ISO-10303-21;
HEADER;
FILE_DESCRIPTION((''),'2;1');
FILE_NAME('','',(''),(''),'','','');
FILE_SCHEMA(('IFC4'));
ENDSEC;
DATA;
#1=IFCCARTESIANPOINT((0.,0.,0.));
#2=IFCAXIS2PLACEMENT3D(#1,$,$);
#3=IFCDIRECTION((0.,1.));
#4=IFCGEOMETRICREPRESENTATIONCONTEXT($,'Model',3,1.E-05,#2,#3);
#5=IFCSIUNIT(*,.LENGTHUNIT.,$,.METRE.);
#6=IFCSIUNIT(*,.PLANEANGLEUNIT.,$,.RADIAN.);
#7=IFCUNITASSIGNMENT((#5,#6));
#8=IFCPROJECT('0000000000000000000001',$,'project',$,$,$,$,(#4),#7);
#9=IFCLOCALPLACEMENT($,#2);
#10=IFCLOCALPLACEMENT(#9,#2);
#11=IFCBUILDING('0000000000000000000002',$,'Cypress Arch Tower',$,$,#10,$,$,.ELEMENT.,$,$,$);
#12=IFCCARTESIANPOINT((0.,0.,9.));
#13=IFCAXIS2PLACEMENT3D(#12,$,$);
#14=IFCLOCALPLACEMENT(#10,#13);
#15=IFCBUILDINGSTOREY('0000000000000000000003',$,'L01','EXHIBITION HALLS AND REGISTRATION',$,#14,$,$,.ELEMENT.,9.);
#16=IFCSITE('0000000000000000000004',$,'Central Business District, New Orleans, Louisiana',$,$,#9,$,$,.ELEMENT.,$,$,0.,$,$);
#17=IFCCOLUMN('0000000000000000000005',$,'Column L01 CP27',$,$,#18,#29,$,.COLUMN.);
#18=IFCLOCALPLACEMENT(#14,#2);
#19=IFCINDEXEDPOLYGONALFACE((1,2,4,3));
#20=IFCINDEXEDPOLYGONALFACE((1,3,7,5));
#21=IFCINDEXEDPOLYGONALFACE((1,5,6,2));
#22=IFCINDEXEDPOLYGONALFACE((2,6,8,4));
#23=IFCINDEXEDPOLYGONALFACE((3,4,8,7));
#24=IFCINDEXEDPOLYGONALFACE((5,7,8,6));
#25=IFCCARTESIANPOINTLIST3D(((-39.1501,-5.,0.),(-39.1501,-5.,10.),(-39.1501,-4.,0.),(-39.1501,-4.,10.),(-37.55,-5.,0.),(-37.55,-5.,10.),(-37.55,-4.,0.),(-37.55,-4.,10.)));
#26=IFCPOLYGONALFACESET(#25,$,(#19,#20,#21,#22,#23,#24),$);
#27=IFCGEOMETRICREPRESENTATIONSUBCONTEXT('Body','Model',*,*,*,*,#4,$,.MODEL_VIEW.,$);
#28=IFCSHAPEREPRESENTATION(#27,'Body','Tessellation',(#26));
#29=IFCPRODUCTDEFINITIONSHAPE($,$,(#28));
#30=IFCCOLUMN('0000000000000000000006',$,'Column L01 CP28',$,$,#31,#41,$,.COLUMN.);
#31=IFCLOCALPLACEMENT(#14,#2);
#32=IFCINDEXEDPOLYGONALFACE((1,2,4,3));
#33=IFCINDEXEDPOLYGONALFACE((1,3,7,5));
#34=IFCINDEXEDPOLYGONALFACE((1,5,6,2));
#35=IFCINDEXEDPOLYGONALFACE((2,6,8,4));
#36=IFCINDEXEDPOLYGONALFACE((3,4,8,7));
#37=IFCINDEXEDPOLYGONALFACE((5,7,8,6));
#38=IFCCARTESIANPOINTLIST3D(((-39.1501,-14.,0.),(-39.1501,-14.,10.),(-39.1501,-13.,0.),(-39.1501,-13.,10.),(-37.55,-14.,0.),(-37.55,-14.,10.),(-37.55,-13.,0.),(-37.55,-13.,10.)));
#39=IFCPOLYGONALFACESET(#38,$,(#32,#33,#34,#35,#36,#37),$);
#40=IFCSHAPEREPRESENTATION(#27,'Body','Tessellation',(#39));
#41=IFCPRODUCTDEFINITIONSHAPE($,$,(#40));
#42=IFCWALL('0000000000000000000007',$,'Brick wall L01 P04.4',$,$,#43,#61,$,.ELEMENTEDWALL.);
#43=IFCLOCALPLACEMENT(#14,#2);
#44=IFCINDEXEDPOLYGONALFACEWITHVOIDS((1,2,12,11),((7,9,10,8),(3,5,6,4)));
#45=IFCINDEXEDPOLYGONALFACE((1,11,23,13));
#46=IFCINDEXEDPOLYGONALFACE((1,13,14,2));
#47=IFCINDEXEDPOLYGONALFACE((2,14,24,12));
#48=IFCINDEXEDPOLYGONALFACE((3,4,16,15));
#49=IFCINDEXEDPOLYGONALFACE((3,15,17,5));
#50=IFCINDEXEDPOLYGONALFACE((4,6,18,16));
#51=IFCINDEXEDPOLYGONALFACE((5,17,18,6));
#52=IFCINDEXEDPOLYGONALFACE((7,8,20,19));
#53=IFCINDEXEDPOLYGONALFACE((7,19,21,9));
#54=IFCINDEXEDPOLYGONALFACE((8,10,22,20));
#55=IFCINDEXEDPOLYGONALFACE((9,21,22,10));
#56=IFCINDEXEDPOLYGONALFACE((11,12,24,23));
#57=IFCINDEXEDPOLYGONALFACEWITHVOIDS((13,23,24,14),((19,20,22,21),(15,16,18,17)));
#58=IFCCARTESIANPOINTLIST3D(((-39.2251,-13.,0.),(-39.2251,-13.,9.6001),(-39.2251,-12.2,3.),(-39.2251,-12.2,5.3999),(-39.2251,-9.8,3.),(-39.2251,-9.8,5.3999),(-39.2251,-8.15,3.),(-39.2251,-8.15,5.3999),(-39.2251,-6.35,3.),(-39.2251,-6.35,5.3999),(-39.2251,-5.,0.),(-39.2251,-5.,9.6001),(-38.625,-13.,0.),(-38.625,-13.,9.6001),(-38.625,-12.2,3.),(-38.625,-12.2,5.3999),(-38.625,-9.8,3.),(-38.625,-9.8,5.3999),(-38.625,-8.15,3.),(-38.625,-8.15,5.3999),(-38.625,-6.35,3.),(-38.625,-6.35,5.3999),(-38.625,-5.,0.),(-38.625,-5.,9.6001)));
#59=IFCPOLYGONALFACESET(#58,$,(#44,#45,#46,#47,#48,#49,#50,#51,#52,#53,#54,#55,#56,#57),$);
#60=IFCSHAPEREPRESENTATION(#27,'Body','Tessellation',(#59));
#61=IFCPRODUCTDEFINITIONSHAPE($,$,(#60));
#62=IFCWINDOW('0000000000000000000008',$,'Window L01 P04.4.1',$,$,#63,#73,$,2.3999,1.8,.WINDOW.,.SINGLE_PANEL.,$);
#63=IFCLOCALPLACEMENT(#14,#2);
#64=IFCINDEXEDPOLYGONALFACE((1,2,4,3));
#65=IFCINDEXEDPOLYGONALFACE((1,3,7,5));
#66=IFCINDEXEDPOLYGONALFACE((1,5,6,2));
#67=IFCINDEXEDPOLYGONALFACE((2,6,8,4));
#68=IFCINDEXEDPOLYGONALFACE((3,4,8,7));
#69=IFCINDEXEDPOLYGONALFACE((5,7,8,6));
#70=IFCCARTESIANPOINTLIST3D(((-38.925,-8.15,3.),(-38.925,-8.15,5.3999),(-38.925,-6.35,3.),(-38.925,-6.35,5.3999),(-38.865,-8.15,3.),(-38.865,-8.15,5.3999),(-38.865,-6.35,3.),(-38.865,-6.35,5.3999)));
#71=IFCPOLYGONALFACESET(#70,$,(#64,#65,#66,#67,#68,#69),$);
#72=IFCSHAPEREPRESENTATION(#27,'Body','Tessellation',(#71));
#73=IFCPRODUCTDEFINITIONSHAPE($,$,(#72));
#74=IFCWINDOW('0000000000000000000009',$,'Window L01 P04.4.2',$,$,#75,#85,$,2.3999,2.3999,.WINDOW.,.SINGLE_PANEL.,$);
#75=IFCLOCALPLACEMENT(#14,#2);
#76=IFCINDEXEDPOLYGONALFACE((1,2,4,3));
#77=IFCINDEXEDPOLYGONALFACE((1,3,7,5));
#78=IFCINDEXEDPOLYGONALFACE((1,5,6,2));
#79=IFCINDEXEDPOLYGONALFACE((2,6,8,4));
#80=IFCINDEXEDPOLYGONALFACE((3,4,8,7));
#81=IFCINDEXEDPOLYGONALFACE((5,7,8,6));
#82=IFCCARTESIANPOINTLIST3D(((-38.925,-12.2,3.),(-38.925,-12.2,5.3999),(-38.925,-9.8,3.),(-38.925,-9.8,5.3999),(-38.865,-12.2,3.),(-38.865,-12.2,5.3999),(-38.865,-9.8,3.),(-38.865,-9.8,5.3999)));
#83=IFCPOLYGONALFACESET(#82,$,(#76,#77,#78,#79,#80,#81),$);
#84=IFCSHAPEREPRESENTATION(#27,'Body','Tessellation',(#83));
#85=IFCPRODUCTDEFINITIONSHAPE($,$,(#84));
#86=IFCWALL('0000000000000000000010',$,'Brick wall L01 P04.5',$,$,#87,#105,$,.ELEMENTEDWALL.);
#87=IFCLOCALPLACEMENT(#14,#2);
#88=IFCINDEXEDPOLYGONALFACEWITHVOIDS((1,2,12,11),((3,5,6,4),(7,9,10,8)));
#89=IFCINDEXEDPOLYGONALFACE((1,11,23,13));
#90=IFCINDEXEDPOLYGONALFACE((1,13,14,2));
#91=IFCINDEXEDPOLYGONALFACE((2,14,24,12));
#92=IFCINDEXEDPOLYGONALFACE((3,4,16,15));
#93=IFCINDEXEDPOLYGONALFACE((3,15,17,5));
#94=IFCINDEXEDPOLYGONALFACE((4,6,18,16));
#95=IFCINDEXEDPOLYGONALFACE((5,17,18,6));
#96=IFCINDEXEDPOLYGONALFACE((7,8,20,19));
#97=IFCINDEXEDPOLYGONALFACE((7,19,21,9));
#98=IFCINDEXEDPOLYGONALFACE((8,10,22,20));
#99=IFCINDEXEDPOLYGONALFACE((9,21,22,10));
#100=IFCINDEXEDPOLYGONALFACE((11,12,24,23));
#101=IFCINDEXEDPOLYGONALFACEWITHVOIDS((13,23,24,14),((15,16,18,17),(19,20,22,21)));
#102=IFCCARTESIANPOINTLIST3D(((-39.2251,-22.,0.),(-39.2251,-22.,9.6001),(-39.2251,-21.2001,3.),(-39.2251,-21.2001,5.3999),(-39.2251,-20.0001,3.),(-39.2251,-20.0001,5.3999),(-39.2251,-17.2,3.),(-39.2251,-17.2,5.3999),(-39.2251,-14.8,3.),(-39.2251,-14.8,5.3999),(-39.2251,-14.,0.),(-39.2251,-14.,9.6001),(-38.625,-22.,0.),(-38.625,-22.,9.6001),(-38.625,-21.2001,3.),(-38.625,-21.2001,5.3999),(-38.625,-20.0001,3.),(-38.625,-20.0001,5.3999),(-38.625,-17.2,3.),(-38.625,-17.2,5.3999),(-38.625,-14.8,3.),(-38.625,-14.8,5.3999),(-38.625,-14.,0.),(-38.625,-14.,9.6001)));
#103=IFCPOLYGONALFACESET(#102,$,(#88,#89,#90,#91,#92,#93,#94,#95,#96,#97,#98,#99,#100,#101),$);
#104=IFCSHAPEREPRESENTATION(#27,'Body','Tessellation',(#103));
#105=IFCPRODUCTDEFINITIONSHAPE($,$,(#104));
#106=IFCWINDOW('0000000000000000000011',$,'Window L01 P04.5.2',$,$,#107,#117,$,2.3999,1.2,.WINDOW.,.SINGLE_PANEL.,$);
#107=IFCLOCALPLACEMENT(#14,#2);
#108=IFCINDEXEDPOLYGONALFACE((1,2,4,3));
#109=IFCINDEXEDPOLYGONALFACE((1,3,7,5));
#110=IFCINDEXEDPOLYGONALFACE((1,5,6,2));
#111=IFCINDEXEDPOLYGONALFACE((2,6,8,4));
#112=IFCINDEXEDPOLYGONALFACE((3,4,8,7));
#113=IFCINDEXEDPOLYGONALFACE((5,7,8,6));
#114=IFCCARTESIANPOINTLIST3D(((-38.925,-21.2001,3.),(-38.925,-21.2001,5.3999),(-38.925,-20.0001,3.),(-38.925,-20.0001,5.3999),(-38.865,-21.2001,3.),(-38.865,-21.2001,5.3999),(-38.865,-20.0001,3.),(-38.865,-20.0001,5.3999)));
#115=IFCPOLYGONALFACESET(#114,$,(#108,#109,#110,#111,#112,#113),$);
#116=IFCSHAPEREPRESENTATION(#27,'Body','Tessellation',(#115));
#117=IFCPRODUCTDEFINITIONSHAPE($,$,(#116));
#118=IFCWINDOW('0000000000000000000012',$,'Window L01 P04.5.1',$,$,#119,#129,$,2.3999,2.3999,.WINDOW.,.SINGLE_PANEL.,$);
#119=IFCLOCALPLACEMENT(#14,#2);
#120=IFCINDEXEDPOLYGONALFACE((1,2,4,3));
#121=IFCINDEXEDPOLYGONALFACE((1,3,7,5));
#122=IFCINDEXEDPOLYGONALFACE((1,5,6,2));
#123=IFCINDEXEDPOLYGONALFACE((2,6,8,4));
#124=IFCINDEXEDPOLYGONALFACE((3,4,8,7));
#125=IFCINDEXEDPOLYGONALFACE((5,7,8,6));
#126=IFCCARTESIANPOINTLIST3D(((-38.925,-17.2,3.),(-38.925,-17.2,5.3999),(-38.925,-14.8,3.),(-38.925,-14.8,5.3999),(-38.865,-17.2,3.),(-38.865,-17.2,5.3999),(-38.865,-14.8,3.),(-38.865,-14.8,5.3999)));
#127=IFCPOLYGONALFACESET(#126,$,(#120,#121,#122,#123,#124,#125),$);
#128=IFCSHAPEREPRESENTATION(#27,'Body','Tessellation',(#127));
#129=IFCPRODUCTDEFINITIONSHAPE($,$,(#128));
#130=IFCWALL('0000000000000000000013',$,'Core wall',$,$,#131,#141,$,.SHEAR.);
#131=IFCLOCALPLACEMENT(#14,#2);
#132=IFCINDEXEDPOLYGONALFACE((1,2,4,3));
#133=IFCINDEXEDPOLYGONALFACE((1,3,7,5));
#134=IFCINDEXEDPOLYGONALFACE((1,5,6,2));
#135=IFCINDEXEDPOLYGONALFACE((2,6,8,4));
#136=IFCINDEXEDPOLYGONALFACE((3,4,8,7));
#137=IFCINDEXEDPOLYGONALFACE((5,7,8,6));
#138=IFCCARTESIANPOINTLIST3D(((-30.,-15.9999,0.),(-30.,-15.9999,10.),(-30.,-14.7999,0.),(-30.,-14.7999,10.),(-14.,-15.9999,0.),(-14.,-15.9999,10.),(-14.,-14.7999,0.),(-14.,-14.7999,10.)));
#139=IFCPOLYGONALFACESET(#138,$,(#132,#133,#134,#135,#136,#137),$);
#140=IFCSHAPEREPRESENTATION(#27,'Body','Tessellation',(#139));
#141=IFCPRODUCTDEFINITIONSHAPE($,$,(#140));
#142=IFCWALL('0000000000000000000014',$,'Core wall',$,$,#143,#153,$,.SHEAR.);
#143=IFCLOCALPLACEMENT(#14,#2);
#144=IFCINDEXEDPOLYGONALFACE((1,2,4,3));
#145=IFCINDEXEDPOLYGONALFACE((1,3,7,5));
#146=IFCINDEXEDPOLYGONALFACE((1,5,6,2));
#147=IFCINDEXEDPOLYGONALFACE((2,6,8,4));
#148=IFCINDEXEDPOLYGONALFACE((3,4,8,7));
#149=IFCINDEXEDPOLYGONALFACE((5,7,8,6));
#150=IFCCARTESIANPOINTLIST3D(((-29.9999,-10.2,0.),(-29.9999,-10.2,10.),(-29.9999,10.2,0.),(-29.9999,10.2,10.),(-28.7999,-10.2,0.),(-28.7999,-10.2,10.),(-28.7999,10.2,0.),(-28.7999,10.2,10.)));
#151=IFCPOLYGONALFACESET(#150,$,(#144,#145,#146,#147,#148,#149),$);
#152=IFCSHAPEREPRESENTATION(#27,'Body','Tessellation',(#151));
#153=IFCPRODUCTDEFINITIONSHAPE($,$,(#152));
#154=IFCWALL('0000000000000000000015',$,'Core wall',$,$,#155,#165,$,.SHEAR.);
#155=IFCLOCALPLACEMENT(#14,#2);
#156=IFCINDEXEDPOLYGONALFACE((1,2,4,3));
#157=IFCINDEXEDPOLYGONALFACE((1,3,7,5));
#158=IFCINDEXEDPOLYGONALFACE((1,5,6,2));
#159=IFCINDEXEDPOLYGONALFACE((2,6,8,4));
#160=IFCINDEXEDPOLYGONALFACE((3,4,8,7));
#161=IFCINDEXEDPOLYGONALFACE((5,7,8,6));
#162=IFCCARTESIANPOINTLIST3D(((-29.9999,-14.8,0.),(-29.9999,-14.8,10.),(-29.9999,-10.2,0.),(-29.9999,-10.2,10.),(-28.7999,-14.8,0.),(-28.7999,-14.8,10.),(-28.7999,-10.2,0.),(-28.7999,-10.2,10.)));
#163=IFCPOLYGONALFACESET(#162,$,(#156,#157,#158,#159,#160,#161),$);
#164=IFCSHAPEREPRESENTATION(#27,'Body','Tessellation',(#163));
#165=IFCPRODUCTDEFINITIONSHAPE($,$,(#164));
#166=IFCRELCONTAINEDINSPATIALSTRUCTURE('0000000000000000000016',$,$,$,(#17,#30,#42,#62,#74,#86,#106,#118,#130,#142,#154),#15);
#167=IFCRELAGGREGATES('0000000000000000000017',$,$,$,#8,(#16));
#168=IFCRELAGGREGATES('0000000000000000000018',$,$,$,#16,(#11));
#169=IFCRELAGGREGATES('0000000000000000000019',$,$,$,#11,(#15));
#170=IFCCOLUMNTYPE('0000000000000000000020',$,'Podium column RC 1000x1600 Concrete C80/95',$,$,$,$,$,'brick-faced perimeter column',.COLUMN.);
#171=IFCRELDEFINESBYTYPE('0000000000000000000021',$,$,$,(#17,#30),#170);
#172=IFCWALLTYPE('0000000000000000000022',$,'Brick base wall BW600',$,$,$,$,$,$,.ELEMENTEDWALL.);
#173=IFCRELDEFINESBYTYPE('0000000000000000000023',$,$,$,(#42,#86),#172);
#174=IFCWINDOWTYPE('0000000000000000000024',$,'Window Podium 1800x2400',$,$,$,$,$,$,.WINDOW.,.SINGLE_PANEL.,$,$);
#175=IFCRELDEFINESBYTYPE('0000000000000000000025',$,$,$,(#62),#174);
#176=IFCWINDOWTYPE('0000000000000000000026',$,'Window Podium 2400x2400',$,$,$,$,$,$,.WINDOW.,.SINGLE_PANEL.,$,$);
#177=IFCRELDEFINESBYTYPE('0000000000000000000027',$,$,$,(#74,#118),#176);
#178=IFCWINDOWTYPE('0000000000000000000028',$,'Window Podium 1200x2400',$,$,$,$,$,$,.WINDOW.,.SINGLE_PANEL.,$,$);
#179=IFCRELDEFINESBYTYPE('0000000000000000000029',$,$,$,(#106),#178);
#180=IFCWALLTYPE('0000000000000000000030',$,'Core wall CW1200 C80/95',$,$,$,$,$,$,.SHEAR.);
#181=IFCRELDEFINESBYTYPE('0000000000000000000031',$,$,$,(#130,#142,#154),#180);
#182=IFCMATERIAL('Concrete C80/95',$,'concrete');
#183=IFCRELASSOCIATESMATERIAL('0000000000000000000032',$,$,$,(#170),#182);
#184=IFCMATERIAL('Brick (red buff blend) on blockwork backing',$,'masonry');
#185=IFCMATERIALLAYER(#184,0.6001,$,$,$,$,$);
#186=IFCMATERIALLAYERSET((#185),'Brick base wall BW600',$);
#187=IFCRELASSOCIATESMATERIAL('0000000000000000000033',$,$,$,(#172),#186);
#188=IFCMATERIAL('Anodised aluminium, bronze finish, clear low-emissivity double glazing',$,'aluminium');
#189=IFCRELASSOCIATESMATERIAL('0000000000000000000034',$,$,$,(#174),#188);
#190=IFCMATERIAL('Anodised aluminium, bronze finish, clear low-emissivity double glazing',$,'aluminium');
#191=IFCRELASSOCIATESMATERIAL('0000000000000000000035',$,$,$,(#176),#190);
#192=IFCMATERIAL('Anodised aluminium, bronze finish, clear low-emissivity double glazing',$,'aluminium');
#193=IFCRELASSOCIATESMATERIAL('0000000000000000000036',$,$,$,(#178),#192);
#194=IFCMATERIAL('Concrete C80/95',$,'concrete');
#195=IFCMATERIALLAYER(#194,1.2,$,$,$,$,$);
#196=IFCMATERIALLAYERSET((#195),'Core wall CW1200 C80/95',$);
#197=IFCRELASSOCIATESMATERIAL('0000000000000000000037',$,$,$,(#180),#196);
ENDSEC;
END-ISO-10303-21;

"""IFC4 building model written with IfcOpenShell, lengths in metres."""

from ifc_helpers import new_model, si_unit, direction, frame, frame_2d, origin, origin_2d, place, context, subcontext, project, spatial, rectangle, extrude, material, layer, layer_set, material_profile, profile_set, type_object, element, fill, save


model = new_model("IFC4")

# Units and contexts
model_context = context("Model", 3, precision=1e-05, world=origin(), true_north=direction((0.0, 1.0)))
body_context = subcontext(model_context, "Body", "Model", "MODEL_VIEW")
ifc_project = project(units=[si_unit("LENGTHUNIT", "METRE"), si_unit("PLANEANGLEUNIT", "RADIAN")], contexts=[model_context])

# Site, building, storey
site_placement = place(None, origin())
site = spatial("IfcSite", under=ifc_project, at=site_placement, Name="Central Business District, New Orleans, Louisiana", CompositionType="ELEMENT", RefElevation=0.0)
building_placement = place(site_placement, origin())
building = spatial("IfcBuilding", under=site, at=building_placement, Name="Cypress Arch Tower", CompositionType="ELEMENT")
storey_placement = place(building_placement, frame((0.0, 0.0, 9.0)))
storey = spatial("IfcBuildingStorey", under=building, at=storey_placement, Name="L01", Description="EXHIBITION HALLS AND REGISTRATION", CompositionType="ELEMENT", Elevation=9.0)

# Columns
ifc_material_1 = material(Name="Concrete C80/95", Category="concrete")
ifc_material_profile = material_profile(ifc_material_1, rectangle(XDim=1.0, YDim=1.6001, at=origin_2d()), Name="RC 1000x1600")
ifc_profile_set = profile_set([ifc_material_profile], Name="Concrete C80/95")
column_type = type_object("IfcColumnType", Name="Podium column RC 1000x1600 Concrete C80/95", ElementType="brick-faced perimeter column", PredefinedType="COLUMN", material=ifc_profile_set)
for number, where, z_axis, x_axis, name in (
    (1, (-38.3501, -4.5, 0.0), (0.0, 0.0, 1.0), (0.0, -1.0, 0.0), "Column L01 CP27"),
    (2, (-38.3501, -13.5, 0.0), (0.0, 0.0, 1.0), (0.0, -1.0, 0.0), "Column L01 CP28"),
):
    element("IfcColumn", number, at=place(storey_placement, frame(where, z_axis=z_axis, x_axis=x_axis)), inside=storey, type_object=column_type, Name=name, PredefinedType="COLUMN", context=body_context, shape_type="SweptSolid", body=[
        extrude(rectangle(XDim=1.0, YDim=1.6001, at=origin_2d()), origin(), (0.0, 0.0, 1.0), 10.0),
    ])

# Walls, openings, windows
ifc_material_2 = material(Name="Brick (red buff blend) on blockwork backing", Category="masonry")
ifc_layer_1 = layer(ifc_material_2, 0.6001)
ifc_layer_set_1 = layer_set([ifc_layer_1], Name="Brick base wall BW600")
wall_type_1 = type_object("IfcWallType", Name="Brick base wall BW600", PredefinedType="ELEMENTEDWALL", material=ifc_layer_set_1)
wall_1_placement = place(storey_placement, frame((-38.925, -5.0, 0.0), z_axis=(0.0, 0.0, 1.0), x_axis=(0.0, -1.0, 0.0)))
wall_1 = element("IfcWall", 3, at=wall_1_placement, inside=storey, type_object=wall_type_1, Name="Brick wall L01 P04.4", PredefinedType="ELEMENTEDWALL", context=body_context, shape_type="SweptSolid", body=[
    extrude(rectangle(XDim=8.0, YDim=0.6001, at=frame_2d((4.0, 0.0))), origin(), (0.0, 0.0, 1.0), 9.6001),
])
opening_1_placement = place(wall_1_placement, frame((4.8, 0.0, 3.0)))
opening_1 = element("IfcOpeningElement", 4, at=opening_1_placement, cuts=wall_1, PredefinedType="OPENING", context=body_context, shape_type="SweptSolid", body=[
    extrude(rectangle(XDim=2.3999, YDim=2.3999, at=frame_2d((1.2, 1.2))), frame((0.0, 0.3101, 0.0), z_axis=(0.0, -1.0, 0.0), x_axis=(1.0, 0.0, 0.0)), (0.0, 0.0, 1.0), 0.6201),
])
opening_2_placement = place(wall_1_placement, frame((1.3501, 0.0, 3.0)))
opening_2 = element("IfcOpeningElement", 5, at=opening_2_placement, cuts=wall_1, PredefinedType="OPENING", context=body_context, shape_type="SweptSolid", body=[
    extrude(rectangle(XDim=1.8, YDim=2.3999, at=frame_2d((0.8999, 1.2))), frame((0.0, 0.3101, 0.0), z_axis=(0.0, -1.0, 0.0), x_axis=(1.0, 0.0, 0.0)), (0.0, 0.0, 1.0), 0.6201),
])
ifc_material_3 = material(Name="Anodised aluminium, bronze finish, clear low-emissivity double glazing", Category="aluminium")
window_type_1 = type_object("IfcWindowType", Name="Window Podium 1800x2400", PartitioningType="SINGLE_PANEL", PredefinedType="WINDOW", material=ifc_material_3)
window_1_placement = place(opening_2_placement, origin())
window_1 = element("IfcWindow", 6, at=window_1_placement, inside=storey, type_object=window_type_1, Name="Window L01 P04.4.1", OverallHeight=2.3999, OverallWidth=1.8, PartitioningType="SINGLE_PANEL", PredefinedType="WINDOW", context=body_context, shape_type="SweptSolid", body=[
    extrude(rectangle(XDim=1.8, YDim=2.3999, at=frame_2d((0.8999, 1.2))), frame((0.0, 0.0601, 0.0), z_axis=(0.0, -1.0, 0.0), x_axis=(1.0, 0.0, 0.0)), (0.0, 0.0, 1.0), 0.0601),
])
fill(opening_2, window_1)
ifc_material_4 = material(Name="Anodised aluminium, bronze finish, clear low-emissivity double glazing", Category="aluminium")
window_type_2 = type_object("IfcWindowType", Name="Window Podium 2400x2400", PartitioningType="SINGLE_PANEL", PredefinedType="WINDOW", material=ifc_material_4)
window_2_placement = place(opening_1_placement, origin())
window_2 = element("IfcWindow", 7, at=window_2_placement, inside=storey, type_object=window_type_2, Name="Window L01 P04.4.2", OverallHeight=2.3999, OverallWidth=2.3999, PartitioningType="SINGLE_PANEL", PredefinedType="WINDOW", context=body_context, shape_type="SweptSolid", body=[
    extrude(rectangle(XDim=2.3999, YDim=2.3999, at=frame_2d((1.2, 1.2))), frame((0.0, 0.0601, 0.0), z_axis=(0.0, -1.0, 0.0), x_axis=(1.0, 0.0, 0.0)), (0.0, 0.0, 1.0), 0.0601),
])
fill(opening_1, window_2)
wall_2_placement = place(storey_placement, frame((-38.925, -14.0, 0.0), z_axis=(0.0, 0.0, 1.0), x_axis=(0.0, -1.0, 0.0)))
wall_2 = element("IfcWall", 8, at=wall_2_placement, inside=storey, type_object=wall_type_1, Name="Brick wall L01 P04.5", PredefinedType="ELEMENTEDWALL", context=body_context, shape_type="SweptSolid", body=[
    extrude(rectangle(XDim=8.0, YDim=0.6001, at=frame_2d((4.0, 0.0))), origin(), (0.0, 0.0, 1.0), 9.6001),
])
opening_3_placement = place(wall_2_placement, frame((0.8, 0.0, 3.0)))
opening_3 = element("IfcOpeningElement", 9, at=opening_3_placement, cuts=wall_2, PredefinedType="OPENING", context=body_context, shape_type="SweptSolid", body=[
    extrude(rectangle(XDim=2.3999, YDim=2.3999, at=frame_2d((1.2, 1.2))), frame((0.0, 0.3101, 0.0), z_axis=(0.0, -1.0, 0.0), x_axis=(1.0, 0.0, 0.0)), (0.0, 0.0, 1.0), 0.6201),
])
opening_4_placement = place(wall_2_placement, frame((6.0, 0.0, 3.0)))
opening_4 = element("IfcOpeningElement", 10, at=opening_4_placement, cuts=wall_2, PredefinedType="OPENING", context=body_context, shape_type="SweptSolid", body=[
    extrude(rectangle(XDim=1.2, YDim=2.3999, at=frame_2d((0.6001, 1.2))), frame((0.0, 0.3101, 0.0), z_axis=(0.0, -1.0, 0.0), x_axis=(1.0, 0.0, 0.0)), (0.0, 0.0, 1.0), 0.6201),
])
ifc_material_5 = material(Name="Anodised aluminium, bronze finish, clear low-emissivity double glazing", Category="aluminium")
window_type_3 = type_object("IfcWindowType", Name="Window Podium 1200x2400", PartitioningType="SINGLE_PANEL", PredefinedType="WINDOW", material=ifc_material_5)
window_3_placement = place(opening_4_placement, origin())
window_3 = element("IfcWindow", 11, at=window_3_placement, inside=storey, type_object=window_type_3, Name="Window L01 P04.5.2", OverallHeight=2.3999, OverallWidth=1.2, PartitioningType="SINGLE_PANEL", PredefinedType="WINDOW", context=body_context, shape_type="SweptSolid", body=[
    extrude(rectangle(XDim=1.2, YDim=2.3999, at=frame_2d((0.6001, 1.2))), frame((0.0, 0.0601, 0.0), z_axis=(0.0, -1.0, 0.0), x_axis=(1.0, 0.0, 0.0)), (0.0, 0.0, 1.0), 0.0601),
])
fill(opening_4, window_3)
window_4_placement = place(opening_3_placement, origin())
window_4 = element("IfcWindow", 12, at=window_4_placement, inside=storey, type_object=window_type_2, Name="Window L01 P04.5.1", OverallHeight=2.3999, OverallWidth=2.3999, PartitioningType="SINGLE_PANEL", PredefinedType="WINDOW", context=body_context, shape_type="SweptSolid", body=[
    extrude(rectangle(XDim=2.3999, YDim=2.3999, at=frame_2d((1.2, 1.2))), frame((0.0, 0.0601, 0.0), z_axis=(0.0, -1.0, 0.0), x_axis=(1.0, 0.0, 0.0)), (0.0, 0.0, 1.0), 0.0601),
])
fill(opening_3, window_4)

# Walls
ifc_material_6 = material(Name="Concrete C80/95", Category="concrete")
ifc_layer_2 = layer(ifc_material_6, 1.2)
ifc_layer_set_2 = layer_set([ifc_layer_2], Name="Core wall CW1200 C80/95")
wall_type_2 = type_object("IfcWallType", Name="Core wall CW1200 C80/95", PredefinedType="SHEAR", material=ifc_layer_set_2)
wall_3_placement = place(storey_placement, frame((-30.0, -15.3999, 0.0), z_axis=(0.0, 0.0, 1.0), x_axis=(1.0, 0.0, 0.0)))
element("IfcWall", 13, at=wall_3_placement, inside=storey, type_object=wall_type_2, Name="Core wall", PredefinedType="SHEAR", context=body_context, shape_type="SweptSolid", body=[
    extrude(rectangle(XDim=16.0, YDim=1.2, at=frame_2d((8.0, 0.0))), origin(), (0.0, 0.0, 1.0), 10.0),
])
wall_4_placement = place(storey_placement, frame((-29.3999, -10.2, 0.0), z_axis=(0.0, 0.0, 1.0), x_axis=(0.0, 1.0, 0.0)))
element("IfcWall", 14, at=wall_4_placement, inside=storey, type_object=wall_type_2, Name="Core wall", PredefinedType="SHEAR", context=body_context, shape_type="SweptSolid", body=[
    extrude(rectangle(XDim=20.3999, YDim=1.2, at=frame_2d((10.2, 0.0))), origin(), (0.0, 0.0, 1.0), 10.0),
])
wall_5_placement = place(storey_placement, frame((-29.3999, -14.8, 0.0), z_axis=(0.0, 0.0, 1.0), x_axis=(0.0, 1.0, 0.0)))
element("IfcWall", 15, at=wall_5_placement, inside=storey, type_object=wall_type_2, Name="Core wall", PredefinedType="SHEAR", context=body_context, shape_type="SweptSolid", body=[
    extrude(rectangle(XDim=4.6001, YDim=1.2, at=frame_2d((2.3, 0.0))), origin(), (0.0, 0.0, 1.0), 10.0),
])

save(model, "model.ifc")
